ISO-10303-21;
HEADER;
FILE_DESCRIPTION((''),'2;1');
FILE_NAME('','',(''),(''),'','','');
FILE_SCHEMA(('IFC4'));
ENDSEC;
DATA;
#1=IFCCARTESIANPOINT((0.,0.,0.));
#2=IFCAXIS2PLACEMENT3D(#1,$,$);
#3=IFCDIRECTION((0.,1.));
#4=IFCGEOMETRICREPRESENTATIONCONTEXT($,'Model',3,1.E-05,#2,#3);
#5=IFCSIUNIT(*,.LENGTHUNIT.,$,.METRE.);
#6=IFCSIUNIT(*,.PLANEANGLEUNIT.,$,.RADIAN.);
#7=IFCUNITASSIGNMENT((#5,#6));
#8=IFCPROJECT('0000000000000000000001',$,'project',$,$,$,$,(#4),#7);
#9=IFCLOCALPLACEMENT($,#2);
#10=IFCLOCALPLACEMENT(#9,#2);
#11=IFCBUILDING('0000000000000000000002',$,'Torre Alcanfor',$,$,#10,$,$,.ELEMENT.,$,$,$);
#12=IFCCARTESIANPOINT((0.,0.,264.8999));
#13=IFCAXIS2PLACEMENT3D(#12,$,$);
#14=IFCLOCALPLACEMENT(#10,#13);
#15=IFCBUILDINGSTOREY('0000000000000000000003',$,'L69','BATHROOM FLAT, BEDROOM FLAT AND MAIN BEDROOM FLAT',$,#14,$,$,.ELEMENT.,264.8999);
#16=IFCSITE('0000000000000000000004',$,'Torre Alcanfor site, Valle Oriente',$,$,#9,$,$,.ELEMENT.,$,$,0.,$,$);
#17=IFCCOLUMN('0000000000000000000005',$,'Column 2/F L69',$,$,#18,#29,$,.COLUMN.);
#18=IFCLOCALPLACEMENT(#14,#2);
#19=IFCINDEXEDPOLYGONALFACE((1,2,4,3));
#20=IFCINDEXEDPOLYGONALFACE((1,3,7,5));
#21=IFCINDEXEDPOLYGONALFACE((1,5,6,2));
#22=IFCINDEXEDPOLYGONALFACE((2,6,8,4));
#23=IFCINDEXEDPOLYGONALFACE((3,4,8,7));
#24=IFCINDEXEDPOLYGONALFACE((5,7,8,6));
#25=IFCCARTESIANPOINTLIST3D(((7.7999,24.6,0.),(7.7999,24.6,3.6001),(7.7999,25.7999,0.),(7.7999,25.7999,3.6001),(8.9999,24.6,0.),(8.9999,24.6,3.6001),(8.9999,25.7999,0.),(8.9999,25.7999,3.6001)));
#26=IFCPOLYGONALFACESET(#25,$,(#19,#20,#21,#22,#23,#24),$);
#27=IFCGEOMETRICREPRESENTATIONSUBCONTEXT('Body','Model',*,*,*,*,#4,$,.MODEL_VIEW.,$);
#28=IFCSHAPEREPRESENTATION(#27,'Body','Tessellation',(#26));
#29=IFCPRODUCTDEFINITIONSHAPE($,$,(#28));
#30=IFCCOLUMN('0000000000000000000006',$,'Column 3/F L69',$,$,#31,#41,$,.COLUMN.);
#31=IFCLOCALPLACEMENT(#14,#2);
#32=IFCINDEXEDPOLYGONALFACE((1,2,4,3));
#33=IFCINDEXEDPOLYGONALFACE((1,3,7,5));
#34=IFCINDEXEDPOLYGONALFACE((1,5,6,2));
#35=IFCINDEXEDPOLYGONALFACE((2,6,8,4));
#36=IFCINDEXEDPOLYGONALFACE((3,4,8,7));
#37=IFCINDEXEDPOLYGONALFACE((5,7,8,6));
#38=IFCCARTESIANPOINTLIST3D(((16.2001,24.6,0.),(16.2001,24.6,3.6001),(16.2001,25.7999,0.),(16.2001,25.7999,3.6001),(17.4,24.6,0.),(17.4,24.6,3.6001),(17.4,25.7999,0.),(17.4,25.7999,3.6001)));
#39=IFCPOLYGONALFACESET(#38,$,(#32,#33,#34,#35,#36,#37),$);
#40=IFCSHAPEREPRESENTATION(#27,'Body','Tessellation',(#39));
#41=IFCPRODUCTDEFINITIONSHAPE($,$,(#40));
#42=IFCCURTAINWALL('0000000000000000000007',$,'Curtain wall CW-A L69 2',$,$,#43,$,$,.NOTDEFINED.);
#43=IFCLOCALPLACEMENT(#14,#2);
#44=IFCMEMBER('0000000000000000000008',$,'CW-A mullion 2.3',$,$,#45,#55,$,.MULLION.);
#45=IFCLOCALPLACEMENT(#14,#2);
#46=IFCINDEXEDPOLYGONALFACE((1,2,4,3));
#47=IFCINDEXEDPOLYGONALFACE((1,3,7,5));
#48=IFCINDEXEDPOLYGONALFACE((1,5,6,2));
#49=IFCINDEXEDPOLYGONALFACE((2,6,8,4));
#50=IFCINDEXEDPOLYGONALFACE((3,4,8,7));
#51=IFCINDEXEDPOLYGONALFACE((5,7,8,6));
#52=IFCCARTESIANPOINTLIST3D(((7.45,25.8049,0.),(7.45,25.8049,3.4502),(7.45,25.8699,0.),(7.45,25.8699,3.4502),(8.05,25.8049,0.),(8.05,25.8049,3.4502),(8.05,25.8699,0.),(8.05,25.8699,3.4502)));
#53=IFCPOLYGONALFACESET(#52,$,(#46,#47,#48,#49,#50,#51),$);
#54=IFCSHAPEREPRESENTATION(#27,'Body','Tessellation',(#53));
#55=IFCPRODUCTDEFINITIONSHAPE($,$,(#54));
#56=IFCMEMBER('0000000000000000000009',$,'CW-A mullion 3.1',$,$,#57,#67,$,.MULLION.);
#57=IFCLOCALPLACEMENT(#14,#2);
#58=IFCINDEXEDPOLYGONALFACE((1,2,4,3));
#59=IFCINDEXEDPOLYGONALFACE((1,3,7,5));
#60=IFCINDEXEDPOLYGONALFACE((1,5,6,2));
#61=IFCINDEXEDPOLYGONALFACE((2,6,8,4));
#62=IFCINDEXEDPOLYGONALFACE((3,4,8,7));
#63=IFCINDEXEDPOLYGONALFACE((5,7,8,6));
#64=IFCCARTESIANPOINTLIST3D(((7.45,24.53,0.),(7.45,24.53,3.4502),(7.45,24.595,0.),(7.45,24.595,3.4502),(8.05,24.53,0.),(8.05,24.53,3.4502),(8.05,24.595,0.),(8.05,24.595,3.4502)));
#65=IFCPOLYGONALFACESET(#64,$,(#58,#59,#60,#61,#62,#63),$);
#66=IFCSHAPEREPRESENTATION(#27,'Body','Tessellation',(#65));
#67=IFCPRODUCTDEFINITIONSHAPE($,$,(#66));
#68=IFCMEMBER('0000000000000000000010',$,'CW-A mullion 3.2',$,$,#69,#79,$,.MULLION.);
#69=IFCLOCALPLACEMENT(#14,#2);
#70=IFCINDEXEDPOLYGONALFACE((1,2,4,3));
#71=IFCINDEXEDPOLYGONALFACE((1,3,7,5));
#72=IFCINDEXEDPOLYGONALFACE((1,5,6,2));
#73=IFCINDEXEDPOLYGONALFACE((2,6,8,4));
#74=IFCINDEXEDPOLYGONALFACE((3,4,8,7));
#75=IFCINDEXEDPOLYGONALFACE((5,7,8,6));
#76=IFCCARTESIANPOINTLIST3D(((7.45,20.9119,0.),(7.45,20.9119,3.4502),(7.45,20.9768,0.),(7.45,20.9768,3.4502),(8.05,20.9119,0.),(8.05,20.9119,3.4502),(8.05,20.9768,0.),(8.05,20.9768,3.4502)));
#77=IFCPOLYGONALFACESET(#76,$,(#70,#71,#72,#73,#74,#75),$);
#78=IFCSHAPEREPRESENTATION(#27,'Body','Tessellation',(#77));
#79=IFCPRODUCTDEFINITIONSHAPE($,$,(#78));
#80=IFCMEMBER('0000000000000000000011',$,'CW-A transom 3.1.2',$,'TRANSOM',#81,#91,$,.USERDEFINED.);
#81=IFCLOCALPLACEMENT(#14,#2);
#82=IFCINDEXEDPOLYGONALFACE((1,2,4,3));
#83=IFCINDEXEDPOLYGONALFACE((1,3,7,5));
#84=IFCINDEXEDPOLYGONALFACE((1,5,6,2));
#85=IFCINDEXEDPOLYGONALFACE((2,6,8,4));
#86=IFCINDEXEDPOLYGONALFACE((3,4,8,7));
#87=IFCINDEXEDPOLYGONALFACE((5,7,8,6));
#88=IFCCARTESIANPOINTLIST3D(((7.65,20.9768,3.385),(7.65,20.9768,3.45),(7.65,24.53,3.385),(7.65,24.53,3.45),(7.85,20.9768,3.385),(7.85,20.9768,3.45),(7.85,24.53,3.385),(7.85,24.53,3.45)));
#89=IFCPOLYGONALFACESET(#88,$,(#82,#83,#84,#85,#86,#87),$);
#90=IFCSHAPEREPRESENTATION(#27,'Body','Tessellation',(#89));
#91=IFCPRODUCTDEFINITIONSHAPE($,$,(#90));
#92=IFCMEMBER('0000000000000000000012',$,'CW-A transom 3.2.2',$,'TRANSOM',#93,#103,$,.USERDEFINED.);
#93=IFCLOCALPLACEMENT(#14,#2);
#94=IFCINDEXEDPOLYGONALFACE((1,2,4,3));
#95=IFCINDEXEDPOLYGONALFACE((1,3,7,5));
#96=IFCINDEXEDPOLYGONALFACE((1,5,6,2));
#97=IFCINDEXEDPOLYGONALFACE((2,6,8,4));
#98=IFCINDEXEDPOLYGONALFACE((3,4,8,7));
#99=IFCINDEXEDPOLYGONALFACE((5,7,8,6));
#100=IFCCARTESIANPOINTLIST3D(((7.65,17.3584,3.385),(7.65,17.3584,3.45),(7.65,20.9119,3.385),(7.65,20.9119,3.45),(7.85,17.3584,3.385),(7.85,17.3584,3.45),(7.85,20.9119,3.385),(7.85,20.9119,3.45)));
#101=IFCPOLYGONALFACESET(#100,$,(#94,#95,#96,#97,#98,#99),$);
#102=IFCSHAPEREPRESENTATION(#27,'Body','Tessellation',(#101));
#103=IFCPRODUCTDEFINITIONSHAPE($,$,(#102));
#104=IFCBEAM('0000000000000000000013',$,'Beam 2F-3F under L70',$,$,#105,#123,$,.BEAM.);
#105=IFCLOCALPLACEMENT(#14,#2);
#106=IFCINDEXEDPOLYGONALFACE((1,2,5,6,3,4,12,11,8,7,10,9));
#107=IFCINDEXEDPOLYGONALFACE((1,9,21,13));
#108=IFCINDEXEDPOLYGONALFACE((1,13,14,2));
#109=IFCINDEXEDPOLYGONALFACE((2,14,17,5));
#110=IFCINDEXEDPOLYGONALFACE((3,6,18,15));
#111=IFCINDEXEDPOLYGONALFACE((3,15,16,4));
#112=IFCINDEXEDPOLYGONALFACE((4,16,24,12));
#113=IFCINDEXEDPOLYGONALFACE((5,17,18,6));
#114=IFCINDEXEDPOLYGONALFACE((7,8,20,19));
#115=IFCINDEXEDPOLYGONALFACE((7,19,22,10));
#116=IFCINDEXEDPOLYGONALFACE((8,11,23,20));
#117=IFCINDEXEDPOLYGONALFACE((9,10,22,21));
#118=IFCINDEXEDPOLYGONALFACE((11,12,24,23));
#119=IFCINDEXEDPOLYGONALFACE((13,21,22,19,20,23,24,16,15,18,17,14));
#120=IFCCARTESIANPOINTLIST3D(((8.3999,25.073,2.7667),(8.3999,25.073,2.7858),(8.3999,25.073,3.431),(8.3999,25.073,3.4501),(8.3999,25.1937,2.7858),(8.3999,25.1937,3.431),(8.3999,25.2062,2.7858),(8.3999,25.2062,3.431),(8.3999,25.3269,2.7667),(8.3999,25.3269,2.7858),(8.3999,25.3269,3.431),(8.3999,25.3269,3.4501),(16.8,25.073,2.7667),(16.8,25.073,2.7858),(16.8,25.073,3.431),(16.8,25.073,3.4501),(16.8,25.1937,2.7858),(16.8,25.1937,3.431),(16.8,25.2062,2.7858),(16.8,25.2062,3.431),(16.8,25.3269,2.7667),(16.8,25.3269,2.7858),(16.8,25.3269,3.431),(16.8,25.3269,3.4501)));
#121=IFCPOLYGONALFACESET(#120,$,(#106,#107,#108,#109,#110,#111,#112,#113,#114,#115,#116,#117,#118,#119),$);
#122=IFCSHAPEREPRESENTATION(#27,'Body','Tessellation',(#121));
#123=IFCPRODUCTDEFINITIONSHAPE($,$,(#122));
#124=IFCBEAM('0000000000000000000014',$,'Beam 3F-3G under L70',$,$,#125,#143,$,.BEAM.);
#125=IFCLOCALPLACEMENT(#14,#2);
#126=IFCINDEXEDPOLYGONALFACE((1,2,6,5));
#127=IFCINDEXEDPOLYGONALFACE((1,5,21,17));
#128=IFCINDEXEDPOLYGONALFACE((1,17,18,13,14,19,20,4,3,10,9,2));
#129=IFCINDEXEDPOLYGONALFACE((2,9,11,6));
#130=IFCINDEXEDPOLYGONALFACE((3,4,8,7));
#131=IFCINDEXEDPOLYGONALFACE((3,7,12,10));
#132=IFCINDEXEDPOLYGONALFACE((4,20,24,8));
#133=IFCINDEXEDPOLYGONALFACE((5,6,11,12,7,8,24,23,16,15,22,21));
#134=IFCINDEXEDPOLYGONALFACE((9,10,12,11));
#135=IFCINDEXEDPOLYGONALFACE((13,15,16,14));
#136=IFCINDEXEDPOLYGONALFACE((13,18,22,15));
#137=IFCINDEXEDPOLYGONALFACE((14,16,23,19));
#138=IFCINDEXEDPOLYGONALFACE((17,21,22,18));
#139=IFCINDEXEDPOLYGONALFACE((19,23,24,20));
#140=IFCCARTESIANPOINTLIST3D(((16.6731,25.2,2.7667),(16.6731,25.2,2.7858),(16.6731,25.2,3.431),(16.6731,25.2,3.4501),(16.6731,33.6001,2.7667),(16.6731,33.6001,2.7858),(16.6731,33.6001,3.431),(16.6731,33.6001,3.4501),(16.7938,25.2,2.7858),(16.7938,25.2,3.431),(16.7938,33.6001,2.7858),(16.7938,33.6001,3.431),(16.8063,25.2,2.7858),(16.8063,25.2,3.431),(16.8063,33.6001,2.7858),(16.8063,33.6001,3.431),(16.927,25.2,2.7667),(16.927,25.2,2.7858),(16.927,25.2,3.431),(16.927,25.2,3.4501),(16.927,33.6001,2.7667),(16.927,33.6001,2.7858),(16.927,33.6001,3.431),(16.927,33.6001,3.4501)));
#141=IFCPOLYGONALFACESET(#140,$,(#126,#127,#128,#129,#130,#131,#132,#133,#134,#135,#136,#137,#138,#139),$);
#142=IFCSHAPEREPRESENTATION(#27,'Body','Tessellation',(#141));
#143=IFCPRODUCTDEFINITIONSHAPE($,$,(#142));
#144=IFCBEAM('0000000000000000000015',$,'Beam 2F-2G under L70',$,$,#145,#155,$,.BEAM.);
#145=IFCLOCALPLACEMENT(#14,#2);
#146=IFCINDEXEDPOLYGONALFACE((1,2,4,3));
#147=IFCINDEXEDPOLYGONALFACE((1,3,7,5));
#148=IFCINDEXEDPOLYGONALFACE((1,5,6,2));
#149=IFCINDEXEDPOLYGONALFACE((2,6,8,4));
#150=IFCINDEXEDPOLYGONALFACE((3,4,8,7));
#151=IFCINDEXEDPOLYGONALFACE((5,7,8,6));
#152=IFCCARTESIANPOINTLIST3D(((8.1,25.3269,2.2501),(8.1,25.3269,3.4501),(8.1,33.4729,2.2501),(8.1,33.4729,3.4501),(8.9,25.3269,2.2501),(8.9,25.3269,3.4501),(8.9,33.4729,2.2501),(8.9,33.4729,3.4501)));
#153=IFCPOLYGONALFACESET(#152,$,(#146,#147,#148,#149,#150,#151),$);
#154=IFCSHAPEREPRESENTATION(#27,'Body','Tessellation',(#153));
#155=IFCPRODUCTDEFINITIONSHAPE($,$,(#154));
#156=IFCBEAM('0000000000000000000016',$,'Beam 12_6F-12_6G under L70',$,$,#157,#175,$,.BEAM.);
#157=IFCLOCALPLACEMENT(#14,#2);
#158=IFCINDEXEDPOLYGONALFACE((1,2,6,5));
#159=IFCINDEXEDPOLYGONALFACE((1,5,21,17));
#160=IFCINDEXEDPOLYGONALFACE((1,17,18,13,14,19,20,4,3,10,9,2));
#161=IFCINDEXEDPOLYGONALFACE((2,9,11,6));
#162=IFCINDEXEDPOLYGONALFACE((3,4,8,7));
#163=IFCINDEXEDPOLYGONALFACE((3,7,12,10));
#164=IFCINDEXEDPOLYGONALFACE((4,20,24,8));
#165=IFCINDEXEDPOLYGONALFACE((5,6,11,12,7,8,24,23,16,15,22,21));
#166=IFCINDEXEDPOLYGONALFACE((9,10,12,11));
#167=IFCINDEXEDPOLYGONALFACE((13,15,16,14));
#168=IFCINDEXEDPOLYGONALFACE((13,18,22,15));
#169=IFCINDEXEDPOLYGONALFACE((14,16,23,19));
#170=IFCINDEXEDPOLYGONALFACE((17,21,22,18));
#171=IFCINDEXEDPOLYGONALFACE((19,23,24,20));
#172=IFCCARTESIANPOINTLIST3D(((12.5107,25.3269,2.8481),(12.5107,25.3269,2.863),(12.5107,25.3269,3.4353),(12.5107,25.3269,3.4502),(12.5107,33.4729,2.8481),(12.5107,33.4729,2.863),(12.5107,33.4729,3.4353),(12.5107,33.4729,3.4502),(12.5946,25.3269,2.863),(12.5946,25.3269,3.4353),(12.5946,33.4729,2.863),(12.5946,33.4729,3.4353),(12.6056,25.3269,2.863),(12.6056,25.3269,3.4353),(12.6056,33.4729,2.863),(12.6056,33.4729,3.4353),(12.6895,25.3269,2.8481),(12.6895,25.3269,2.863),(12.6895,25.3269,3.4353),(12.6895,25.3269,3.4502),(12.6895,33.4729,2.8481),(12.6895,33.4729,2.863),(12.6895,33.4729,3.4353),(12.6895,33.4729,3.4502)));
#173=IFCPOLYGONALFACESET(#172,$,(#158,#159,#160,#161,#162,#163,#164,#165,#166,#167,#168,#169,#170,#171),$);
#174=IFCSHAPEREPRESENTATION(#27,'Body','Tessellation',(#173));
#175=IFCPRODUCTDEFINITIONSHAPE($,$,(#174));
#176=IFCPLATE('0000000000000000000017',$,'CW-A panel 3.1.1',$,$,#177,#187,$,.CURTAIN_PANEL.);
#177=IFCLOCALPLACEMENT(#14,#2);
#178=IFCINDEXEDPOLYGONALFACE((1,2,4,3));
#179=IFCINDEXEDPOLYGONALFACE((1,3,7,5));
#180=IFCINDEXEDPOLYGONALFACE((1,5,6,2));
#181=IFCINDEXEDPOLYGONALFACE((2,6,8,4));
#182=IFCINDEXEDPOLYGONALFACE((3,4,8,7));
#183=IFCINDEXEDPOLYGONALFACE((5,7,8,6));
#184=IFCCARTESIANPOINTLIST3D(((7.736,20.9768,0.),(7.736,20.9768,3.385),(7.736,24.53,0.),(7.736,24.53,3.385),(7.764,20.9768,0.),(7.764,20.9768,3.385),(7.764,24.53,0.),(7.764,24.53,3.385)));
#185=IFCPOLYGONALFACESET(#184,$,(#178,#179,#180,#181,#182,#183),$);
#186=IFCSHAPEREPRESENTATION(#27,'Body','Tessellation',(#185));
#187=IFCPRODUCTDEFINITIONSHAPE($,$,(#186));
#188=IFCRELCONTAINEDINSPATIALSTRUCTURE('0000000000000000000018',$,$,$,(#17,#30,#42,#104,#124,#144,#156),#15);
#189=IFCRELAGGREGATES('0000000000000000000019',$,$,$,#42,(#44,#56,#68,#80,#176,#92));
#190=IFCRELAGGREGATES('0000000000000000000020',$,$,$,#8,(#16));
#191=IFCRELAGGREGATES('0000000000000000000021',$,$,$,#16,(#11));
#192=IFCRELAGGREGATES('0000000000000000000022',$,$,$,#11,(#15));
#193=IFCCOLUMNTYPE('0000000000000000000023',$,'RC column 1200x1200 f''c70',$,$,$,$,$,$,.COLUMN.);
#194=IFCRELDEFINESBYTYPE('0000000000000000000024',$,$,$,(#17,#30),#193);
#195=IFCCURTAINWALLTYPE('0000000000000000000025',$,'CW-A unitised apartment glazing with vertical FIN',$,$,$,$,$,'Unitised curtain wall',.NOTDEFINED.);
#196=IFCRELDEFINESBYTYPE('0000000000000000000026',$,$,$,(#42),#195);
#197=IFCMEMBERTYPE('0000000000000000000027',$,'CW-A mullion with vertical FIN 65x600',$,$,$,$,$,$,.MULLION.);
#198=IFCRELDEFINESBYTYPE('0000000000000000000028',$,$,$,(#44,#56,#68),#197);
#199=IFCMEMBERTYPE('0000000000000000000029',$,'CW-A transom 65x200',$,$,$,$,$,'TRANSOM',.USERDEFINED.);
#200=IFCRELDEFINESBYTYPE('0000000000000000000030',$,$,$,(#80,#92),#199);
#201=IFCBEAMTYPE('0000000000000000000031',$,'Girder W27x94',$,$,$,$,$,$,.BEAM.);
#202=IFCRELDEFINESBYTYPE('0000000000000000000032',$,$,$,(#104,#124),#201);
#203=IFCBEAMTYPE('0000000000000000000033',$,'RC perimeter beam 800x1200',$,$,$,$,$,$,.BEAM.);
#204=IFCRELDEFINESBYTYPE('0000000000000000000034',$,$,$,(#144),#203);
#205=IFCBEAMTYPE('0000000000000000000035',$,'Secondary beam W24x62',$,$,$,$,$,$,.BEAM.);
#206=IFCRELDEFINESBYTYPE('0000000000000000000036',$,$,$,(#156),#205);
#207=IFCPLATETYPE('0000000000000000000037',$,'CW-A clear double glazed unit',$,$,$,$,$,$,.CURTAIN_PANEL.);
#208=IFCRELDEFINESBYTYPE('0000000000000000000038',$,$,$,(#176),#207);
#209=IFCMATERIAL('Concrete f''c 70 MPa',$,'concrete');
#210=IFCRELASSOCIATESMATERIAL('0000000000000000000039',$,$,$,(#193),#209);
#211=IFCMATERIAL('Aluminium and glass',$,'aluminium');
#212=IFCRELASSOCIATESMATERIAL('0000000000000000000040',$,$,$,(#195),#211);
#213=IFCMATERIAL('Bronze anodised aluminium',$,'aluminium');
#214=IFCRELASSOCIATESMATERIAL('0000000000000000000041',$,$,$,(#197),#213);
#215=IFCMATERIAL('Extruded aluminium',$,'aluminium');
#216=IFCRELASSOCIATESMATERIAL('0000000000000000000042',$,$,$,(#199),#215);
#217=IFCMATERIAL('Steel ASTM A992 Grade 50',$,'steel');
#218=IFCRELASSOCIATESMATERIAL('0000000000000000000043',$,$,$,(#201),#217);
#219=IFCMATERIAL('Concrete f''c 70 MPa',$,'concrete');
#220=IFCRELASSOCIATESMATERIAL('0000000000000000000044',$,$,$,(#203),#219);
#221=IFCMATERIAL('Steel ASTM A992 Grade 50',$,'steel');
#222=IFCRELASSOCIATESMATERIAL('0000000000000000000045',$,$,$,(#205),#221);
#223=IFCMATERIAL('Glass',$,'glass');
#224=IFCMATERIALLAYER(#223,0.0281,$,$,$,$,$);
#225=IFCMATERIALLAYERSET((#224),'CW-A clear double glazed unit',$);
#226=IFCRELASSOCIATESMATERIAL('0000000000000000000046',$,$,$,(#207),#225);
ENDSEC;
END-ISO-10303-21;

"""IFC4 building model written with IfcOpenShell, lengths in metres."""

from ifc_helpers import new_model, si_unit, direction, frame, origin, origin_2d, place, context, subcontext, project, spatial, rectangle, i_section, extrude, material, layer, layer_set, material_profile, profile_set, type_object, element, aggregate, save


model = new_model("IFC4")

# Units and contexts
model_context = context("Model", 3, precision=1e-05, world=origin(), true_north=direction((0.0, 1.0)))
body_context = subcontext(model_context, "Body", "Model", "MODEL_VIEW")
ifc_project = project(units=[si_unit("LENGTHUNIT", "METRE"), si_unit("PLANEANGLEUNIT", "RADIAN")], contexts=[model_context])

# Site, building, storey
site_placement = place(None, origin())
site = spatial("IfcSite", under=ifc_project, at=site_placement, Name="Torre Alcanfor site, Valle Oriente", CompositionType="ELEMENT", RefElevation=0.0)
building_placement = place(site_placement, origin())
building = spatial("IfcBuilding", under=site, at=building_placement, Name="Torre Alcanfor", CompositionType="ELEMENT")
storey_placement = place(building_placement, frame((0.0, 0.0, 264.8999)))
storey = spatial("IfcBuildingStorey", under=building, at=storey_placement, Name="L69", Description="BATHROOM FLAT, BEDROOM FLAT AND MAIN BEDROOM FLAT", CompositionType="ELEMENT", Elevation=264.8999)

# Columns
ifc_material_1 = material(Name="Concrete f'c 70 MPa", Category="concrete")
ifc_material_profile_1 = material_profile(ifc_material_1, rectangle(XDim=1.2, YDim=1.2, at=origin_2d()), Name="1200x1200")
ifc_profile_set_1 = profile_set([ifc_material_profile_1], Name="Concrete f'c 70 MPa")
column_type = type_object("IfcColumnType", Name="RC column 1200x1200 f'c70", PredefinedType="COLUMN", material=ifc_profile_set_1)
for number, where, z_axis, x_axis, name in (
    (1, (8.3999, 25.2, 0.0), (0.0, 0.0, 1.0), (1.0, 0.0, 0.0), "Column 2/F L69"),
    (2, (16.8, 25.2, 0.0), (0.0, 0.0, 1.0), (1.0, 0.0, 0.0), "Column 3/F L69"),
):
    element("IfcColumn", number, at=place(storey_placement, frame(where, z_axis=z_axis, x_axis=x_axis)), inside=storey, type_object=column_type, Name=name, PredefinedType="COLUMN", context=body_context, shape_type="SweptSolid", body=[
        extrude(rectangle(XDim=1.2, YDim=1.2, at=origin_2d()), origin(), (0.0, 0.0, 1.0), 3.6001),
    ])

# Curtain wall, members
ifc_material_2 = material(Name="Aluminium and glass", Category="aluminium")
curtain_wall_type = type_object("IfcCurtainWallType", Name="CW-A unitised apartment glazing with vertical FIN", ElementType="Unitised curtain wall", PredefinedType="NOTDEFINED", material=ifc_material_2)
curtain_wall_placement = place(storey_placement, origin())
curtain_wall = element("IfcCurtainWall", 3, at=curtain_wall_placement, inside=storey, type_object=curtain_wall_type, Name="Curtain wall CW-A L69 2", PredefinedType="NOTDEFINED")
ifc_material_3 = material(Name="Bronze anodised aluminium", Category="aluminium")
ifc_material_profile_2 = material_profile(ifc_material_3, rectangle(XDim=0.6001, YDim=0.0649, at=origin_2d()), Name="CW-A mullion 65x600")
ifc_profile_set_2 = profile_set([ifc_material_profile_2], Name="Bronze anodised aluminium")
member_type_1 = type_object("IfcMemberType", Name="CW-A mullion with vertical FIN 65x600", PredefinedType="MULLION", material=ifc_profile_set_2)
member_1_placement = place(storey_placement, frame((7.75, 25.8374, 0.0), z_axis=(0.0, 0.0, 1.0), x_axis=(1.0, 0.0, 0.0)))
member_1 = element("IfcMember", 4, at=member_1_placement, type_object=member_type_1, Name="CW-A mullion 2.3", PredefinedType="MULLION", context=body_context, shape_type="SweptSolid", body=[
    extrude(rectangle(XDim=0.6001, YDim=0.0649, at=origin_2d()), origin(), (0.0, 0.0, 1.0), 3.4502),
])
member_2_placement = place(storey_placement, frame((7.75, 24.5625, 0.0), z_axis=(0.0, 0.0, 1.0), x_axis=(1.0, 0.0, 0.0)))
member_2 = element("IfcMember", 5, at=member_2_placement, type_object=member_type_1, Name="CW-A mullion 3.1", PredefinedType="MULLION", context=body_context, shape_type="SweptSolid", body=[
    extrude(rectangle(XDim=0.6001, YDim=0.0649, at=origin_2d()), origin(), (0.0, 0.0, 1.0), 3.4502),
])
member_3_placement = place(storey_placement, frame((7.75, 20.9443, 0.0), z_axis=(0.0, 0.0, 1.0), x_axis=(1.0, 0.0, 0.0)))
member_3 = element("IfcMember", 6, at=member_3_placement, type_object=member_type_1, Name="CW-A mullion 3.2", PredefinedType="MULLION", context=body_context, shape_type="SweptSolid", body=[
    extrude(rectangle(XDim=0.6001, YDim=0.0649, at=origin_2d()), origin(), (0.0, 0.0, 1.0), 3.4502),
])
ifc_material_4 = material(Name="Extruded aluminium", Category="aluminium")
ifc_material_profile_3 = material_profile(ifc_material_4, rectangle(XDim=0.2, YDim=0.0649, at=origin_2d()), Name="CW-A transom 200x65")
ifc_profile_set_3 = profile_set([ifc_material_profile_3], Name="Extruded aluminium")
member_type_2 = type_object("IfcMemberType", Name="CW-A transom 65x200", ElementType="TRANSOM", PredefinedType="USERDEFINED", material=ifc_profile_set_3)
member_4_placement = place(storey_placement, frame((7.75, 24.53, 3.4175), z_axis=(0.0, -1.0, 0.0), x_axis=(1.0, 0.0, 0.0)))
member_4 = element("IfcMember", 7, at=member_4_placement, type_object=member_type_2, Name="CW-A transom 3.1.2", ObjectType="TRANSOM", PredefinedType="USERDEFINED", context=body_context, shape_type="SweptSolid", body=[
    extrude(rectangle(XDim=0.2, YDim=0.0649, at=origin_2d()), origin(), (0.0, 0.0, 1.0), 3.5532),
])
member_5_placement = place(storey_placement, frame((7.75, 20.9119, 3.4175), z_axis=(0.0, -1.0, 0.0), x_axis=(1.0, 0.0, 0.0)))
member_5 = element("IfcMember", 8, at=member_5_placement, type_object=member_type_2, Name="CW-A transom 3.2.2", ObjectType="TRANSOM", PredefinedType="USERDEFINED", context=body_context, shape_type="SweptSolid", body=[
    extrude(rectangle(XDim=0.2, YDim=0.0649, at=origin_2d()), origin(), (0.0, 0.0, 1.0), 3.5535),
])

# Beams
ifc_material_5 = material(Name="Steel ASTM A992 Grade 50", Category="steel")
ifc_material_profile_4 = material_profile(ifc_material_5, i_section(OverallWidth=0.2539, OverallDepth=0.6833, WebThickness=0.0125, FlangeThickness=0.019, at=origin_2d()), Name="W27x94")
ifc_profile_set_4 = profile_set([ifc_material_profile_4], Name="Steel ASTM A992 Grade 50")
beam_type_1 = type_object("IfcBeamType", Name="Girder W27x94", PredefinedType="BEAM", material=ifc_profile_set_4)
for number, where, z_axis, x_axis, name in (
    (9, (8.3999, 25.2, 3.1084), (1.0, 0.0, 0.0), (0.0, 1.0, 0.0), "Beam 2F-3F under L70"),
    (10, (16.8, 25.2, 3.1084), (0.0, 1.0, 0.0), (-1.0, 0.0, 0.0), "Beam 3F-3G under L70"),
):
    element("IfcBeam", number, at=place(storey_placement, frame(where, z_axis=z_axis, x_axis=x_axis)), inside=storey, type_object=beam_type_1, Name=name, PredefinedType="BEAM", context=body_context, shape_type="SweptSolid", body=[
        extrude(i_section(OverallWidth=0.2539, OverallDepth=0.6833, WebThickness=0.0125, FlangeThickness=0.019, at=origin_2d()), origin(), (0.0, 0.0, 1.0), 8.4001),
    ])
ifc_material_6 = material(Name="Concrete f'c 70 MPa", Category="concrete")
ifc_material_profile_5 = material_profile(ifc_material_6, rectangle(XDim=0.8, YDim=1.2, at=origin_2d()), Name="800x1200")
ifc_profile_set_5 = profile_set([ifc_material_profile_5], Name="Concrete f'c 70 MPa")
beam_type_2 = type_object("IfcBeamType", Name="RC perimeter beam 800x1200", PredefinedType="BEAM", material=ifc_profile_set_5)
beam_1_placement = place(storey_placement, frame((8.5, 25.3269, 2.8501), z_axis=(0.0, 1.0, 0.0), x_axis=(-1.0, 0.0, 0.0)))
element("IfcBeam", 11, at=beam_1_placement, inside=storey, type_object=beam_type_2, Name="Beam 2F-2G under L70", PredefinedType="BEAM", context=body_context, shape_type="SweptSolid", body=[
    extrude(rectangle(XDim=0.8, YDim=1.2, at=origin_2d()), origin(), (0.0, 0.0, 1.0), 8.146),
])
ifc_material_7 = material(Name="Steel ASTM A992 Grade 50", Category="steel")
ifc_material_profile_6 = material_profile(ifc_material_7, i_section(OverallWidth=0.1787, OverallDepth=0.6021, WebThickness=0.011, FlangeThickness=0.0149, at=origin_2d()), Name="W24x62")
ifc_profile_set_6 = profile_set([ifc_material_profile_6], Name="Steel ASTM A992 Grade 50")
beam_type_3 = type_object("IfcBeamType", Name="Secondary beam W24x62", PredefinedType="BEAM", material=ifc_profile_set_6)
beam_2_placement = place(storey_placement, frame((12.6001, 25.3269, 3.1492), z_axis=(0.0, 1.0, 0.0), x_axis=(-1.0, 0.0, 0.0)))
element("IfcBeam", 12, at=beam_2_placement, inside=storey, type_object=beam_type_3, Name="Beam 12_6F-12_6G under L70", PredefinedType="BEAM", context=body_context, shape_type="SweptSolid", body=[
    extrude(i_section(OverallWidth=0.1787, OverallDepth=0.6021, WebThickness=0.011, FlangeThickness=0.0149, at=origin_2d()), origin(), (0.0, 0.0, 1.0), 8.146),
])

# Plate
ifc_material_8 = material(Name="Glass", Category="glass")
ifc_layer_1 = layer(ifc_material_8, 0.0281)
ifc_layer_set_1 = layer_set([ifc_layer_1], Name="CW-A clear double glazed unit")
plate_type = type_object("IfcPlateType", Name="CW-A clear double glazed unit", PredefinedType="CURTAIN_PANEL", material=ifc_layer_set_1)
plate_1_placement = place(storey_placement, frame((7.75, 22.7534, 0.0), z_axis=(0.0, 0.0, 1.0), x_axis=(0.0, -1.0, 0.0)))
plate_1 = element("IfcPlate", 13, at=plate_1_placement, type_object=plate_type, Name="CW-A panel 3.1.1", PredefinedType="CURTAIN_PANEL", context=body_context, shape_type="SweptSolid", body=[
    extrude(rectangle(XDim=3.5532, YDim=0.0281, at=origin_2d()), origin(), (0.0, 0.0, 1.0), 3.385),
])
aggregate(curtain_wall, [member_1, member_2, member_3, member_4, plate_1, member_5])

save(model, "model.ifc")
